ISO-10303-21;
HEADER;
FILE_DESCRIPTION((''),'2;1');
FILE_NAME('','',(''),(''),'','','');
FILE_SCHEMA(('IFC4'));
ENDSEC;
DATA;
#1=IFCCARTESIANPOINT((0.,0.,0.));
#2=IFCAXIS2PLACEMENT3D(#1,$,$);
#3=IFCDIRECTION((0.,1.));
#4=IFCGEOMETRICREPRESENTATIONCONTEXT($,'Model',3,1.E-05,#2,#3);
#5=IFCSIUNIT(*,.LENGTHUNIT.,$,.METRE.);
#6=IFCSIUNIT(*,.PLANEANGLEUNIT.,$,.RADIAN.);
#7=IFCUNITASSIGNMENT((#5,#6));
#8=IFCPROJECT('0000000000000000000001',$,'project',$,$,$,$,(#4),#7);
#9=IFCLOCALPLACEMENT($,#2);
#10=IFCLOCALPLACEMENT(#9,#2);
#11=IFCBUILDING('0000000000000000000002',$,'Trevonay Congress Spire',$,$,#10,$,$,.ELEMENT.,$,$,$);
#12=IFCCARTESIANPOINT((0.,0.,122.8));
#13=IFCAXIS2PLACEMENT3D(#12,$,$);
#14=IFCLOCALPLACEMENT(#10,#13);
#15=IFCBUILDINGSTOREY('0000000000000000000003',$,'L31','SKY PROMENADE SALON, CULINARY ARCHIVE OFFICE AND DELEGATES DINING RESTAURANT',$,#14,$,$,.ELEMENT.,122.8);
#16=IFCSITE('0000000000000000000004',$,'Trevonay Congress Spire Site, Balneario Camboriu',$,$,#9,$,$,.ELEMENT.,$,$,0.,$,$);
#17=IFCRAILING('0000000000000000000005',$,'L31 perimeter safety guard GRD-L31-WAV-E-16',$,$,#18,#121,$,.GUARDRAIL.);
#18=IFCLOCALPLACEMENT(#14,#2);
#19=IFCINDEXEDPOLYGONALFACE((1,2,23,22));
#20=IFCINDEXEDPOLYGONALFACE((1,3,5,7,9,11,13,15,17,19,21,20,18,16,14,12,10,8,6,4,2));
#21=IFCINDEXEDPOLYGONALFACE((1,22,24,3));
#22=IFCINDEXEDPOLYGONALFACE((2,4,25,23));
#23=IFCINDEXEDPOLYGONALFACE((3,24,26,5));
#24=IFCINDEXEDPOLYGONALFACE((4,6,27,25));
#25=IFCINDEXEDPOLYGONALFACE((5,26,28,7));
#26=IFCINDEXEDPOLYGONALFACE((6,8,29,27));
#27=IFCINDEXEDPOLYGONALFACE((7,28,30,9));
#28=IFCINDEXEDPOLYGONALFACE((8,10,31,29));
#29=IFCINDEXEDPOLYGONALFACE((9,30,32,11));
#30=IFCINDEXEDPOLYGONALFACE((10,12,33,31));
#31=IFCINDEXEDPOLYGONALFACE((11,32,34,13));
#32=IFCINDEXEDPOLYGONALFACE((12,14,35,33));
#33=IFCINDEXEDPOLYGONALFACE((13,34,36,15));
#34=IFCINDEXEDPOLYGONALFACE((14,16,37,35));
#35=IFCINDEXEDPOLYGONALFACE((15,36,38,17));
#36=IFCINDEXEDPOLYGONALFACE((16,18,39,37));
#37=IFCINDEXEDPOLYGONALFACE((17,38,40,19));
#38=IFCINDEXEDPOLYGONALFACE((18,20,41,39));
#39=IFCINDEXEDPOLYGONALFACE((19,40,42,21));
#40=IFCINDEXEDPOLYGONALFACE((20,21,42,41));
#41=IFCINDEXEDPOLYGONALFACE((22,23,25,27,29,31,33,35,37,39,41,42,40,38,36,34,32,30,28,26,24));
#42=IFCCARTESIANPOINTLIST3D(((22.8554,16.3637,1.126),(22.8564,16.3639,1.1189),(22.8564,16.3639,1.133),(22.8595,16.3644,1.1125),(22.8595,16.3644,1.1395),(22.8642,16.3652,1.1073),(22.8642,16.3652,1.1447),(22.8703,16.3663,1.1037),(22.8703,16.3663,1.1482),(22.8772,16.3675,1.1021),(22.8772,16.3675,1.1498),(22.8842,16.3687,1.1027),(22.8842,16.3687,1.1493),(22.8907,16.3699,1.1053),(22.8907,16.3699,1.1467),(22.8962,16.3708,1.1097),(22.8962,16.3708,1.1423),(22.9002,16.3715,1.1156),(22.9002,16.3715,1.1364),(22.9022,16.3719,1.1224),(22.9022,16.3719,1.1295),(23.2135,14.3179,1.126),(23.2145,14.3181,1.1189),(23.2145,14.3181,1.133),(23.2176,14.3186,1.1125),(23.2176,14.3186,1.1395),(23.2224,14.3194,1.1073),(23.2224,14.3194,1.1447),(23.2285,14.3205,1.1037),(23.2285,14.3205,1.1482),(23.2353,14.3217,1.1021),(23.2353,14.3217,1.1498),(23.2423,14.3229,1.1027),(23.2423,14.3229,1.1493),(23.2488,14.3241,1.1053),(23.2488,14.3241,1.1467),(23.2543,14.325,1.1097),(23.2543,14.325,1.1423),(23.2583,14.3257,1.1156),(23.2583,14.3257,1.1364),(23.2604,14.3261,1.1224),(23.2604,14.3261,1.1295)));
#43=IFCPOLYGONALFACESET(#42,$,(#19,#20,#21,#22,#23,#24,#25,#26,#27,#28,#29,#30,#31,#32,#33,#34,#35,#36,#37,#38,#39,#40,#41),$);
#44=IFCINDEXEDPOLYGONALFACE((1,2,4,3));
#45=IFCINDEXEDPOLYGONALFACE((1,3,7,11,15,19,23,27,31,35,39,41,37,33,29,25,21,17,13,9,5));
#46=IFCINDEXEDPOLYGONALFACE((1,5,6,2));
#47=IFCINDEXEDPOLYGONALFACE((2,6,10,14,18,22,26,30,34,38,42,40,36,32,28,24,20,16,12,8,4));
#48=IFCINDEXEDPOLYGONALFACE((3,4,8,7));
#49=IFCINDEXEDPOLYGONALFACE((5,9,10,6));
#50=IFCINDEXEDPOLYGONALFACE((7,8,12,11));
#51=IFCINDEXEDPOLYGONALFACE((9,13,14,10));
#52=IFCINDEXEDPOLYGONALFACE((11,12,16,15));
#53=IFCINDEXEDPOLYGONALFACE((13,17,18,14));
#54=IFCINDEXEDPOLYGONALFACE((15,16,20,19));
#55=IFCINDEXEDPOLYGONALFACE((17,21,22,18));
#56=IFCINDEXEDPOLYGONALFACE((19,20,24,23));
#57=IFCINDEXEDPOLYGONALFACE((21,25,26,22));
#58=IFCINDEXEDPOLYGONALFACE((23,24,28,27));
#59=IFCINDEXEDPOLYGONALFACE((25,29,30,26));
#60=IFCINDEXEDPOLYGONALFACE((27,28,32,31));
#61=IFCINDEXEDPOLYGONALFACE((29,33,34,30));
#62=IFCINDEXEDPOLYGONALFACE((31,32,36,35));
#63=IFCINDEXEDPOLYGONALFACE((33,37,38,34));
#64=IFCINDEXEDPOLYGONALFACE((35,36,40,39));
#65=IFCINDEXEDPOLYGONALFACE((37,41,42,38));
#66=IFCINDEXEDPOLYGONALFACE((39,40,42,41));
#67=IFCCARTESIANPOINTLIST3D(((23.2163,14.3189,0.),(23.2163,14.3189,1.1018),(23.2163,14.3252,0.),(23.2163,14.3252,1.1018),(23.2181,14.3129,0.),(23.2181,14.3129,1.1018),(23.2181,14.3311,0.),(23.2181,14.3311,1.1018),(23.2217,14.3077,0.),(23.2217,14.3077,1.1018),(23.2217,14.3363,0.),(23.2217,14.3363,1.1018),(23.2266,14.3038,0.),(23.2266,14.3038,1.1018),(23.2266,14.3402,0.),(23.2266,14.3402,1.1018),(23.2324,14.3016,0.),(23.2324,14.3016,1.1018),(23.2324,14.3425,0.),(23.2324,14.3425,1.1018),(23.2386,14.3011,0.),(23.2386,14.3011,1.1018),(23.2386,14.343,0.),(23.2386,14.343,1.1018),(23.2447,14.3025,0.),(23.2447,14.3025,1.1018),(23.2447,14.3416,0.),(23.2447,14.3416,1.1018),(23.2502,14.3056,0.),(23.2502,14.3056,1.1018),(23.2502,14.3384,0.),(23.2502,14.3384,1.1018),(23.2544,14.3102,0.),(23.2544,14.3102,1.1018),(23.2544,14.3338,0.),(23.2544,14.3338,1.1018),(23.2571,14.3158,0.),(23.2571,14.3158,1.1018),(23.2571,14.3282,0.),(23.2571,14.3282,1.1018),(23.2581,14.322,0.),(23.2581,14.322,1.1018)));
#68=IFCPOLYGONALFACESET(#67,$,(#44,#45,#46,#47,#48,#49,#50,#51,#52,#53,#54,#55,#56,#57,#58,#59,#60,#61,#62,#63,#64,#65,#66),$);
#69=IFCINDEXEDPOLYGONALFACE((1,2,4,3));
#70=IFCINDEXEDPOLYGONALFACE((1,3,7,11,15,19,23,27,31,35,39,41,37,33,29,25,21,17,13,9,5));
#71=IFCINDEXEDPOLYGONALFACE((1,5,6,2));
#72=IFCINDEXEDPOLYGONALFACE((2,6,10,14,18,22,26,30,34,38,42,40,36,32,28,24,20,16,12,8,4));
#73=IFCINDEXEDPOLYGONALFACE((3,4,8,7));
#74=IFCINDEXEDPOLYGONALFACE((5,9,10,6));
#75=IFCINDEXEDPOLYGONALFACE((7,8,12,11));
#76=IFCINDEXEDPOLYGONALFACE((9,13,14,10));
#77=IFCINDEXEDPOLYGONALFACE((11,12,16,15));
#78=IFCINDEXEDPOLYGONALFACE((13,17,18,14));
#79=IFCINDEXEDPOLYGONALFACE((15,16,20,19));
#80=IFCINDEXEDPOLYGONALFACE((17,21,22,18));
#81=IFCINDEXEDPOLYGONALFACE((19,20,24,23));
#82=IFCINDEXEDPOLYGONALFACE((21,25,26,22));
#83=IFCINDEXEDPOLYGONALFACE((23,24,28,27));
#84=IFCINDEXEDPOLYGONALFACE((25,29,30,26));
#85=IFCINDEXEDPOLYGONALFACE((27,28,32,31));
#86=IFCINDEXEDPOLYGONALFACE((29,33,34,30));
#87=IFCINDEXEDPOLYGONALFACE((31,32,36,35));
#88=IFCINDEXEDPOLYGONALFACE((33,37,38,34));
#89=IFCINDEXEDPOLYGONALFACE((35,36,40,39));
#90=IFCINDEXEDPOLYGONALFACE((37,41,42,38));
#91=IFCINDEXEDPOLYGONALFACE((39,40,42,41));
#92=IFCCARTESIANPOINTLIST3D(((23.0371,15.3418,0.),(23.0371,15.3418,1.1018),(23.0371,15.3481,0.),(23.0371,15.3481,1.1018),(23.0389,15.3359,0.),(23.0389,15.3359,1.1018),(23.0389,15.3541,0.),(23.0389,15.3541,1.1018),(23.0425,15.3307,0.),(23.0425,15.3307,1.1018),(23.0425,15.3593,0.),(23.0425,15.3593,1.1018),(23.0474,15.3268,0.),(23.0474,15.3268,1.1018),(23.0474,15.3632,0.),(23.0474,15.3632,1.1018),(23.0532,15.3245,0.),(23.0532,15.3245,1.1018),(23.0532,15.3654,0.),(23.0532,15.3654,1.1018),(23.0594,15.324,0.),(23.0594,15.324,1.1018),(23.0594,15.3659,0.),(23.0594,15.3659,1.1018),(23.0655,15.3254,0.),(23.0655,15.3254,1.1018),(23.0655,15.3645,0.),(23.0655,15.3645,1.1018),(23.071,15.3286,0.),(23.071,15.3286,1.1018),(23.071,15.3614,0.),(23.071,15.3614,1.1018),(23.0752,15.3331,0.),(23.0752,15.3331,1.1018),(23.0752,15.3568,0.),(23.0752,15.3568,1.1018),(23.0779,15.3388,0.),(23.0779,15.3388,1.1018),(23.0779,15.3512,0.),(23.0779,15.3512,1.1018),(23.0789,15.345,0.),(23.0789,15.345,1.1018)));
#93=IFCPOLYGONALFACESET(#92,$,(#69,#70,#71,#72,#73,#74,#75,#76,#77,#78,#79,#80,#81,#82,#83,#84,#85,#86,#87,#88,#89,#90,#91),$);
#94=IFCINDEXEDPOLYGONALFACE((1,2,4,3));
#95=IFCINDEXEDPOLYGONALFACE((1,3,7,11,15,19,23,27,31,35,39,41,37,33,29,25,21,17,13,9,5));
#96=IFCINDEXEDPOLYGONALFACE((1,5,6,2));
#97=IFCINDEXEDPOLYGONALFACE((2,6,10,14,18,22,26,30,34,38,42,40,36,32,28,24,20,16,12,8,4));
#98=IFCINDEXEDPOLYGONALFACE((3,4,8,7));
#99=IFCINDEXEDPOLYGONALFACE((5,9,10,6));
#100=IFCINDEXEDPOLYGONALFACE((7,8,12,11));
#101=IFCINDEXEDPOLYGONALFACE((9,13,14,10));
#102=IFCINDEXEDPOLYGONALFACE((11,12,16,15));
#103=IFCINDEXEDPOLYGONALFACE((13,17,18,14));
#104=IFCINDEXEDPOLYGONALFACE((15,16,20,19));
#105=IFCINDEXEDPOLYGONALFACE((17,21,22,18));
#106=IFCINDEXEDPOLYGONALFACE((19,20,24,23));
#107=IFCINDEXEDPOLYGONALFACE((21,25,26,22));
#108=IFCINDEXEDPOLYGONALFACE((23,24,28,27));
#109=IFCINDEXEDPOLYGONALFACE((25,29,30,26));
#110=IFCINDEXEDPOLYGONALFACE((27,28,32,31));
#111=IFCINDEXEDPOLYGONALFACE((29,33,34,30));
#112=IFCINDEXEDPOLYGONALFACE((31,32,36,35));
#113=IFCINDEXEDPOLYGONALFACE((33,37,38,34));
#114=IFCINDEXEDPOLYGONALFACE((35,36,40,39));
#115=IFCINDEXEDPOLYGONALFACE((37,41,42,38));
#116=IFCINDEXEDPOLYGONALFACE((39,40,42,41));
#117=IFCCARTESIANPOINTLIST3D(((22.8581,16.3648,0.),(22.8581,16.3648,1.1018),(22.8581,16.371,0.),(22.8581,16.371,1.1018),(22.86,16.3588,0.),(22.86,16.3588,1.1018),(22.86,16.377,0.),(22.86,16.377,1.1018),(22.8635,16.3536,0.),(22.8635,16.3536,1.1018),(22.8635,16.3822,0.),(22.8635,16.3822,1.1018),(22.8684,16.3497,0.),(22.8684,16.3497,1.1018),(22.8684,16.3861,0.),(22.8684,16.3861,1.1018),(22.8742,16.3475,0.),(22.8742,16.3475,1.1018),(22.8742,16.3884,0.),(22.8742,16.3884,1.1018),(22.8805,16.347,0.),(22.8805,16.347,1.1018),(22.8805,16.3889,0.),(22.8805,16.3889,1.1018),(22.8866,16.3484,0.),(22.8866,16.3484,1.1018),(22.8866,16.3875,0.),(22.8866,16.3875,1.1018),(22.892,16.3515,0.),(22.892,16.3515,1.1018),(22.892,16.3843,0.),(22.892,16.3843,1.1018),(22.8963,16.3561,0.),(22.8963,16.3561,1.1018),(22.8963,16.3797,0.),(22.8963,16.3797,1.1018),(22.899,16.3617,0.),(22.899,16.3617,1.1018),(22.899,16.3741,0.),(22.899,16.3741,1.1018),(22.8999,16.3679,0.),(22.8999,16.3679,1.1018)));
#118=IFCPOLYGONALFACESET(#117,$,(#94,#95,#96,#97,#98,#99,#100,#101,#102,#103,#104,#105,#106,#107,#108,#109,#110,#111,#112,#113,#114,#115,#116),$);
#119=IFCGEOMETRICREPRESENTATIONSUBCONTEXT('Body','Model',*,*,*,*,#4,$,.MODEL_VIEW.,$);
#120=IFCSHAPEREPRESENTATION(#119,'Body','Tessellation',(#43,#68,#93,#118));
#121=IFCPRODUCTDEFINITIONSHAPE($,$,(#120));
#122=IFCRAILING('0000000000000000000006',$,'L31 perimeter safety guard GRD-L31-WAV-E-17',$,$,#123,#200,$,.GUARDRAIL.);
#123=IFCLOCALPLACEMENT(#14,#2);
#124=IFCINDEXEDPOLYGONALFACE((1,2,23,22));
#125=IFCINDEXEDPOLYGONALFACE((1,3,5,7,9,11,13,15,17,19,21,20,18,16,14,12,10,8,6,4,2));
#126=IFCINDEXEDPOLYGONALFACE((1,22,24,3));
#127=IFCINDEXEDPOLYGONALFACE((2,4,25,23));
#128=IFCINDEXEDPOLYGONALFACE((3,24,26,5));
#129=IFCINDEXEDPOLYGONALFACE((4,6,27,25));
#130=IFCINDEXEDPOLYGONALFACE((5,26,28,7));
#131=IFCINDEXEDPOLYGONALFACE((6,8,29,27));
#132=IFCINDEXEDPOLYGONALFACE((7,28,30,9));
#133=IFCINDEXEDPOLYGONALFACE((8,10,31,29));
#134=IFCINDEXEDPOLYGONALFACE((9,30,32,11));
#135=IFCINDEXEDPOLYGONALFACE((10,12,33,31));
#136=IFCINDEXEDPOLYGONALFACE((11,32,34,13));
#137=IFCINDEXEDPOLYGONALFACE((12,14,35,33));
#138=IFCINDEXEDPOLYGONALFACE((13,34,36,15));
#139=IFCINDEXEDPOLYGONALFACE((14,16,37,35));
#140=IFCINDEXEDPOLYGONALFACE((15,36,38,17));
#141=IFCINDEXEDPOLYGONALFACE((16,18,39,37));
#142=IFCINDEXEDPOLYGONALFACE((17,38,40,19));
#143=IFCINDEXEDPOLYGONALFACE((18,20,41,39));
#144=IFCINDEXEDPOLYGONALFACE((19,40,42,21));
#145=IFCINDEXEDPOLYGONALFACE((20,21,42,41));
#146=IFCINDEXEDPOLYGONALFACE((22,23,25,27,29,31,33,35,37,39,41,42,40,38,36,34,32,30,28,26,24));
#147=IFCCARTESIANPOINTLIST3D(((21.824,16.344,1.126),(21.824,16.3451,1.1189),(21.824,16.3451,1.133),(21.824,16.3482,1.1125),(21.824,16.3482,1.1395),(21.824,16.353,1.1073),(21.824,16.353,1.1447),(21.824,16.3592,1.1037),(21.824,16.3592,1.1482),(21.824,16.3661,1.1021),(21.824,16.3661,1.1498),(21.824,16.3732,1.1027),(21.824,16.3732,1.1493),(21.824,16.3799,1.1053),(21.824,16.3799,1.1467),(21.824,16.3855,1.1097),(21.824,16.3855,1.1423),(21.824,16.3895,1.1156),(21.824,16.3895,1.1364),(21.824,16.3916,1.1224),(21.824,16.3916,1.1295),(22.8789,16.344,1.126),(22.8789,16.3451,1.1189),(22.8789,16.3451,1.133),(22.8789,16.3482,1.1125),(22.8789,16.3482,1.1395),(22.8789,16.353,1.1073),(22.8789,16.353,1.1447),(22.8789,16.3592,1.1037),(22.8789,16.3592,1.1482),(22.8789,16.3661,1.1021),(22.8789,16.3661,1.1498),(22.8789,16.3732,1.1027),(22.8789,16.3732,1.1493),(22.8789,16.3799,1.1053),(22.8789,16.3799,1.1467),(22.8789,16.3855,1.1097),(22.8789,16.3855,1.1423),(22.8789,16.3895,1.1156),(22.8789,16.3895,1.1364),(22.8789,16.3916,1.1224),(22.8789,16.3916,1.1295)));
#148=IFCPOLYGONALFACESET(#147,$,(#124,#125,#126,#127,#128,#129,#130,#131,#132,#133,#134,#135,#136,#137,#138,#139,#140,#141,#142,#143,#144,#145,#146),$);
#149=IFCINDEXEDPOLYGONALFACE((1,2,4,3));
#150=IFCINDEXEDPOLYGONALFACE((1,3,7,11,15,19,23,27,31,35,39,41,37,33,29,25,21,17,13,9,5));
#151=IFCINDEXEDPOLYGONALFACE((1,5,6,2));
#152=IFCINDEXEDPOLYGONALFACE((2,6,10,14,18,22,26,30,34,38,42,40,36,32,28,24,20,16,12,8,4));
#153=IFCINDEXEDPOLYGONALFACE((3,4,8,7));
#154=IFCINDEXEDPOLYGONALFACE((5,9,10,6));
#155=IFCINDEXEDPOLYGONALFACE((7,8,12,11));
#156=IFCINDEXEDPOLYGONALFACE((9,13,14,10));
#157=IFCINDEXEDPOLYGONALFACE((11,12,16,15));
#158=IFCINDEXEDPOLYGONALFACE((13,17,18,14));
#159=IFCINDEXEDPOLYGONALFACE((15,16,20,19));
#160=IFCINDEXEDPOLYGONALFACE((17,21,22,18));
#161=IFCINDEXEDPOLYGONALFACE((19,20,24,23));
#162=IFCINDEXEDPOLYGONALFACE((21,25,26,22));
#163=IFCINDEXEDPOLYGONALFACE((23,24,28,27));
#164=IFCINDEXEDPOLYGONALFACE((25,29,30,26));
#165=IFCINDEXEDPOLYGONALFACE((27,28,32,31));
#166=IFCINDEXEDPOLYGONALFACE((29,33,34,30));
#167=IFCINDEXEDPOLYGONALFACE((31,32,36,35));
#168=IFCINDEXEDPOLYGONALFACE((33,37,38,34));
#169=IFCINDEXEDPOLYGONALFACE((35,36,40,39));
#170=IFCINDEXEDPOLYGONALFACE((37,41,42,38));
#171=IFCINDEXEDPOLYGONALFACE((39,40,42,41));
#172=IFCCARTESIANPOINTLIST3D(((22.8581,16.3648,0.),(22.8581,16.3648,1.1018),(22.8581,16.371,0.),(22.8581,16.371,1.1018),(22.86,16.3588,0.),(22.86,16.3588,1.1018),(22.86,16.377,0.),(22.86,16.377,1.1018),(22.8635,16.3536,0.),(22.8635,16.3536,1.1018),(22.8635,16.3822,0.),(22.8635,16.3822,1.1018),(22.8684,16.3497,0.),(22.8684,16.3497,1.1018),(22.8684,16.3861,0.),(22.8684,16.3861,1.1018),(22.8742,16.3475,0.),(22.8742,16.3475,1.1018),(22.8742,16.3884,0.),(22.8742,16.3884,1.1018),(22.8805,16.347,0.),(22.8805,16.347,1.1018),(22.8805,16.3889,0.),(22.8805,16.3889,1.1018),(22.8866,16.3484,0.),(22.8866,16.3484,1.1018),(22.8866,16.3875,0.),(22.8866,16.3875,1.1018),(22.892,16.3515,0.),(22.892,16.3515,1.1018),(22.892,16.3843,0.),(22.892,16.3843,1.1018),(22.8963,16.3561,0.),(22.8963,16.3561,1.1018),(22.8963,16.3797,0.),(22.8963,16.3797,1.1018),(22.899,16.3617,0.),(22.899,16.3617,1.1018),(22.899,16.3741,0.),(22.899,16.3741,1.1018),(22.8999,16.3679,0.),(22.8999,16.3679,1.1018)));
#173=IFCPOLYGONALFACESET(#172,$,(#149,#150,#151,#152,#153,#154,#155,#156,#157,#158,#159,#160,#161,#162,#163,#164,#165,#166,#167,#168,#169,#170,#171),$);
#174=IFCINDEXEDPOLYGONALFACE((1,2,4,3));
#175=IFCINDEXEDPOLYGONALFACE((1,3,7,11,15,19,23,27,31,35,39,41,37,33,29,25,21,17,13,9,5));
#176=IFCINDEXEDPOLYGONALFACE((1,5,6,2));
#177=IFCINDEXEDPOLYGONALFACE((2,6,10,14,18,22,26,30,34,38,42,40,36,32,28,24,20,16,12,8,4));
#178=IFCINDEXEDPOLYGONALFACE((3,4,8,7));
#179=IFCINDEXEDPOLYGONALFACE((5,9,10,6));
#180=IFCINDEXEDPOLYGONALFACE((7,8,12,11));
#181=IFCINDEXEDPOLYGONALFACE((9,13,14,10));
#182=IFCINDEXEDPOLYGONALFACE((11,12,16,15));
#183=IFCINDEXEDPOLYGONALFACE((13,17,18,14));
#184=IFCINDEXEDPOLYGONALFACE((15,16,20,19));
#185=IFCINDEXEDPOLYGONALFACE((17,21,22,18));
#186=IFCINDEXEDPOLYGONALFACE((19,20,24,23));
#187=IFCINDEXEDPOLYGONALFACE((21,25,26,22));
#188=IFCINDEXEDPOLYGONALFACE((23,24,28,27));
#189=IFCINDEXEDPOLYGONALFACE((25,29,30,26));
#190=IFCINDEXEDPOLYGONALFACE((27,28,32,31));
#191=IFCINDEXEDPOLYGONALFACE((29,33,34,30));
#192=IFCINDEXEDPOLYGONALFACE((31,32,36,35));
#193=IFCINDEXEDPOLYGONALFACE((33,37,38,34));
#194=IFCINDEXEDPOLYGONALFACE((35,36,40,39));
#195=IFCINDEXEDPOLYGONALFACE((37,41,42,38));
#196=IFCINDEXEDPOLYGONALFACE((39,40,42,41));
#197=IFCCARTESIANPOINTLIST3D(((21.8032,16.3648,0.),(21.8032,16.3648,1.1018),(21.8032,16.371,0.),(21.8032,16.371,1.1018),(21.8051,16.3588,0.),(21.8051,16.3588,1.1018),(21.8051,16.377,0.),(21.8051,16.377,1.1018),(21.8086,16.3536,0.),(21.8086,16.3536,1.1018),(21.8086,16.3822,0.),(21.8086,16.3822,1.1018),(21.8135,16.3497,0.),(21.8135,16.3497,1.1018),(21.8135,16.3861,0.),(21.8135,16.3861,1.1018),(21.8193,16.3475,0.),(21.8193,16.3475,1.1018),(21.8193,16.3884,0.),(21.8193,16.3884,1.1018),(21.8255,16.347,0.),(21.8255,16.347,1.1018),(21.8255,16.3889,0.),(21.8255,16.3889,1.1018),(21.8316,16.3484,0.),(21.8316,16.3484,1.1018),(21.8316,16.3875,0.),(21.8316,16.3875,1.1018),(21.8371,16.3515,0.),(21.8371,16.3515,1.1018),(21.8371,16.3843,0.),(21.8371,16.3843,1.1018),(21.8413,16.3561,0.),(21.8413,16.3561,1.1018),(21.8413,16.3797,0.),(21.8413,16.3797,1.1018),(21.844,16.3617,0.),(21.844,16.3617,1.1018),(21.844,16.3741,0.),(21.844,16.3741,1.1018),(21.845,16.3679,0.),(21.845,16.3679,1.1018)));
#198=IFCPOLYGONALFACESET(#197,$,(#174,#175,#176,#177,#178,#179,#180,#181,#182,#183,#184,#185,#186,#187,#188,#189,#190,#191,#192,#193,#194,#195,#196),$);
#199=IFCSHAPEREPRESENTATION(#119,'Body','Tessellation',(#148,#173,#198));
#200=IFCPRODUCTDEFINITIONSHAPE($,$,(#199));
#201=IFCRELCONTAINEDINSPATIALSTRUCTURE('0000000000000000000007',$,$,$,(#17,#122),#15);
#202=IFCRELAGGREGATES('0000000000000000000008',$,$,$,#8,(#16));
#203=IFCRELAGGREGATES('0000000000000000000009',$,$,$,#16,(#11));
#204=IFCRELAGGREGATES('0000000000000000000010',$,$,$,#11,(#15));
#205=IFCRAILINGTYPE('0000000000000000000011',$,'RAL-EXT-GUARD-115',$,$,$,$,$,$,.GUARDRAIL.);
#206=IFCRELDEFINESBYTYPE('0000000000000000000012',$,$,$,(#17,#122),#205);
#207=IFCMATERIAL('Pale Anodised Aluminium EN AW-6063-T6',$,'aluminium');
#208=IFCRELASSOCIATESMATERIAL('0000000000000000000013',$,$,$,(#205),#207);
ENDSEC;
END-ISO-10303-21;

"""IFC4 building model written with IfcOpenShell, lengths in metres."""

from ifc_helpers import new_model, si_unit, direction, frame, origin, origin_2d, place, context, subcontext, project, spatial, circle, extrude, material, type_object, element, save


model = new_model("IFC4")

# Units and contexts
model_context = context("Model", 3, precision=1e-05, world=origin(), true_north=direction((0.0, 1.0)))
body_context = subcontext(model_context, "Body", "Model", "MODEL_VIEW")
ifc_project = project(units=[si_unit("LENGTHUNIT", "METRE"), si_unit("PLANEANGLEUNIT", "RADIAN")], contexts=[model_context])

# Site, building, storey
site_placement = place(None, origin())
site = spatial("IfcSite", under=ifc_project, at=site_placement, Name="Trevonay Congress Spire Site, Balneario Camboriu", CompositionType="ELEMENT", RefElevation=0.0)
building_placement = place(site_placement, origin())
building = spatial("IfcBuilding", under=site, at=building_placement, Name="Trevonay Congress Spire", CompositionType="ELEMENT")
storey_placement = place(building_placement, frame((0.0, 0.0, 122.8)))
storey = spatial("IfcBuildingStorey", under=building, at=storey_placement, Name="L31", Description="SKY PROMENADE SALON, CULINARY ARCHIVE OFFICE AND DELEGATES DINING RESTAURANT", CompositionType="ELEMENT", Elevation=122.8)

# Shared definitions
ifc_material_1 = material(Name="Pale Anodised Aluminium EN AW-6063-T6", Category="aluminium")

# Railings
railing_type = type_object("IfcRailingType", Name="RAL-EXT-GUARD-115", PredefinedType="GUARDRAIL", material=ifc_material_1)
railing_1_placement = place(storey_placement, frame((23.2371, 14.322, 0.0)))
element("IfcRailing", 1, at=railing_1_placement, inside=storey, type_object=railing_type, Name="L31 perimeter safety guard GRD-L31-WAV-E-16", PredefinedType="GUARDRAIL", context=body_context, shape_type="SweptSolid", body=[
    extrude(circle(Radius=0.0239, at=origin_2d()), frame((0.0, 0.0, 1.126), z_axis=(-0.172437, 0.98502, 0.0), x_axis=(-0.98502, -0.172437, 0.0)), (0.0, 0.0, 1.0), 2.0769),
    extrude(circle(Radius=0.021, at=origin_2d()), origin(), (0.0, 0.0, 1.0), 1.1018),
    extrude(circle(Radius=0.021, at=origin_2d()), frame((-0.1792, 1.0229, 0.0)), (0.0, 0.0, 1.0), 1.1018),
    extrude(circle(Radius=0.021, at=origin_2d()), frame((-0.3582, 2.0459, 0.0)), (0.0, 0.0, 1.0), 1.1018),
])
railing_2_placement = place(storey_placement, frame((22.8789, 16.3679, 0.0)))
element("IfcRailing", 2, at=railing_2_placement, inside=storey, type_object=railing_type, Name="L31 perimeter safety guard GRD-L31-WAV-E-17", PredefinedType="GUARDRAIL", context=body_context, shape_type="SweptSolid", body=[
    extrude(circle(Radius=0.0239, at=origin_2d()), frame((0.0, 0.0, 1.126), z_axis=(-1.0, 0.0, 0.0), x_axis=(0.0, -1.0, 0.0)), (0.0, 0.0, 1.0), 1.0549),
    extrude(circle(Radius=0.021, at=origin_2d()), origin(), (0.0, 0.0, 1.0), 1.1018),
    extrude(circle(Radius=0.021, at=origin_2d()), frame((-1.0549, 0.0, 0.0)), (0.0, 0.0, 1.0), 1.1018),
])

save(model, "model.ifc")
